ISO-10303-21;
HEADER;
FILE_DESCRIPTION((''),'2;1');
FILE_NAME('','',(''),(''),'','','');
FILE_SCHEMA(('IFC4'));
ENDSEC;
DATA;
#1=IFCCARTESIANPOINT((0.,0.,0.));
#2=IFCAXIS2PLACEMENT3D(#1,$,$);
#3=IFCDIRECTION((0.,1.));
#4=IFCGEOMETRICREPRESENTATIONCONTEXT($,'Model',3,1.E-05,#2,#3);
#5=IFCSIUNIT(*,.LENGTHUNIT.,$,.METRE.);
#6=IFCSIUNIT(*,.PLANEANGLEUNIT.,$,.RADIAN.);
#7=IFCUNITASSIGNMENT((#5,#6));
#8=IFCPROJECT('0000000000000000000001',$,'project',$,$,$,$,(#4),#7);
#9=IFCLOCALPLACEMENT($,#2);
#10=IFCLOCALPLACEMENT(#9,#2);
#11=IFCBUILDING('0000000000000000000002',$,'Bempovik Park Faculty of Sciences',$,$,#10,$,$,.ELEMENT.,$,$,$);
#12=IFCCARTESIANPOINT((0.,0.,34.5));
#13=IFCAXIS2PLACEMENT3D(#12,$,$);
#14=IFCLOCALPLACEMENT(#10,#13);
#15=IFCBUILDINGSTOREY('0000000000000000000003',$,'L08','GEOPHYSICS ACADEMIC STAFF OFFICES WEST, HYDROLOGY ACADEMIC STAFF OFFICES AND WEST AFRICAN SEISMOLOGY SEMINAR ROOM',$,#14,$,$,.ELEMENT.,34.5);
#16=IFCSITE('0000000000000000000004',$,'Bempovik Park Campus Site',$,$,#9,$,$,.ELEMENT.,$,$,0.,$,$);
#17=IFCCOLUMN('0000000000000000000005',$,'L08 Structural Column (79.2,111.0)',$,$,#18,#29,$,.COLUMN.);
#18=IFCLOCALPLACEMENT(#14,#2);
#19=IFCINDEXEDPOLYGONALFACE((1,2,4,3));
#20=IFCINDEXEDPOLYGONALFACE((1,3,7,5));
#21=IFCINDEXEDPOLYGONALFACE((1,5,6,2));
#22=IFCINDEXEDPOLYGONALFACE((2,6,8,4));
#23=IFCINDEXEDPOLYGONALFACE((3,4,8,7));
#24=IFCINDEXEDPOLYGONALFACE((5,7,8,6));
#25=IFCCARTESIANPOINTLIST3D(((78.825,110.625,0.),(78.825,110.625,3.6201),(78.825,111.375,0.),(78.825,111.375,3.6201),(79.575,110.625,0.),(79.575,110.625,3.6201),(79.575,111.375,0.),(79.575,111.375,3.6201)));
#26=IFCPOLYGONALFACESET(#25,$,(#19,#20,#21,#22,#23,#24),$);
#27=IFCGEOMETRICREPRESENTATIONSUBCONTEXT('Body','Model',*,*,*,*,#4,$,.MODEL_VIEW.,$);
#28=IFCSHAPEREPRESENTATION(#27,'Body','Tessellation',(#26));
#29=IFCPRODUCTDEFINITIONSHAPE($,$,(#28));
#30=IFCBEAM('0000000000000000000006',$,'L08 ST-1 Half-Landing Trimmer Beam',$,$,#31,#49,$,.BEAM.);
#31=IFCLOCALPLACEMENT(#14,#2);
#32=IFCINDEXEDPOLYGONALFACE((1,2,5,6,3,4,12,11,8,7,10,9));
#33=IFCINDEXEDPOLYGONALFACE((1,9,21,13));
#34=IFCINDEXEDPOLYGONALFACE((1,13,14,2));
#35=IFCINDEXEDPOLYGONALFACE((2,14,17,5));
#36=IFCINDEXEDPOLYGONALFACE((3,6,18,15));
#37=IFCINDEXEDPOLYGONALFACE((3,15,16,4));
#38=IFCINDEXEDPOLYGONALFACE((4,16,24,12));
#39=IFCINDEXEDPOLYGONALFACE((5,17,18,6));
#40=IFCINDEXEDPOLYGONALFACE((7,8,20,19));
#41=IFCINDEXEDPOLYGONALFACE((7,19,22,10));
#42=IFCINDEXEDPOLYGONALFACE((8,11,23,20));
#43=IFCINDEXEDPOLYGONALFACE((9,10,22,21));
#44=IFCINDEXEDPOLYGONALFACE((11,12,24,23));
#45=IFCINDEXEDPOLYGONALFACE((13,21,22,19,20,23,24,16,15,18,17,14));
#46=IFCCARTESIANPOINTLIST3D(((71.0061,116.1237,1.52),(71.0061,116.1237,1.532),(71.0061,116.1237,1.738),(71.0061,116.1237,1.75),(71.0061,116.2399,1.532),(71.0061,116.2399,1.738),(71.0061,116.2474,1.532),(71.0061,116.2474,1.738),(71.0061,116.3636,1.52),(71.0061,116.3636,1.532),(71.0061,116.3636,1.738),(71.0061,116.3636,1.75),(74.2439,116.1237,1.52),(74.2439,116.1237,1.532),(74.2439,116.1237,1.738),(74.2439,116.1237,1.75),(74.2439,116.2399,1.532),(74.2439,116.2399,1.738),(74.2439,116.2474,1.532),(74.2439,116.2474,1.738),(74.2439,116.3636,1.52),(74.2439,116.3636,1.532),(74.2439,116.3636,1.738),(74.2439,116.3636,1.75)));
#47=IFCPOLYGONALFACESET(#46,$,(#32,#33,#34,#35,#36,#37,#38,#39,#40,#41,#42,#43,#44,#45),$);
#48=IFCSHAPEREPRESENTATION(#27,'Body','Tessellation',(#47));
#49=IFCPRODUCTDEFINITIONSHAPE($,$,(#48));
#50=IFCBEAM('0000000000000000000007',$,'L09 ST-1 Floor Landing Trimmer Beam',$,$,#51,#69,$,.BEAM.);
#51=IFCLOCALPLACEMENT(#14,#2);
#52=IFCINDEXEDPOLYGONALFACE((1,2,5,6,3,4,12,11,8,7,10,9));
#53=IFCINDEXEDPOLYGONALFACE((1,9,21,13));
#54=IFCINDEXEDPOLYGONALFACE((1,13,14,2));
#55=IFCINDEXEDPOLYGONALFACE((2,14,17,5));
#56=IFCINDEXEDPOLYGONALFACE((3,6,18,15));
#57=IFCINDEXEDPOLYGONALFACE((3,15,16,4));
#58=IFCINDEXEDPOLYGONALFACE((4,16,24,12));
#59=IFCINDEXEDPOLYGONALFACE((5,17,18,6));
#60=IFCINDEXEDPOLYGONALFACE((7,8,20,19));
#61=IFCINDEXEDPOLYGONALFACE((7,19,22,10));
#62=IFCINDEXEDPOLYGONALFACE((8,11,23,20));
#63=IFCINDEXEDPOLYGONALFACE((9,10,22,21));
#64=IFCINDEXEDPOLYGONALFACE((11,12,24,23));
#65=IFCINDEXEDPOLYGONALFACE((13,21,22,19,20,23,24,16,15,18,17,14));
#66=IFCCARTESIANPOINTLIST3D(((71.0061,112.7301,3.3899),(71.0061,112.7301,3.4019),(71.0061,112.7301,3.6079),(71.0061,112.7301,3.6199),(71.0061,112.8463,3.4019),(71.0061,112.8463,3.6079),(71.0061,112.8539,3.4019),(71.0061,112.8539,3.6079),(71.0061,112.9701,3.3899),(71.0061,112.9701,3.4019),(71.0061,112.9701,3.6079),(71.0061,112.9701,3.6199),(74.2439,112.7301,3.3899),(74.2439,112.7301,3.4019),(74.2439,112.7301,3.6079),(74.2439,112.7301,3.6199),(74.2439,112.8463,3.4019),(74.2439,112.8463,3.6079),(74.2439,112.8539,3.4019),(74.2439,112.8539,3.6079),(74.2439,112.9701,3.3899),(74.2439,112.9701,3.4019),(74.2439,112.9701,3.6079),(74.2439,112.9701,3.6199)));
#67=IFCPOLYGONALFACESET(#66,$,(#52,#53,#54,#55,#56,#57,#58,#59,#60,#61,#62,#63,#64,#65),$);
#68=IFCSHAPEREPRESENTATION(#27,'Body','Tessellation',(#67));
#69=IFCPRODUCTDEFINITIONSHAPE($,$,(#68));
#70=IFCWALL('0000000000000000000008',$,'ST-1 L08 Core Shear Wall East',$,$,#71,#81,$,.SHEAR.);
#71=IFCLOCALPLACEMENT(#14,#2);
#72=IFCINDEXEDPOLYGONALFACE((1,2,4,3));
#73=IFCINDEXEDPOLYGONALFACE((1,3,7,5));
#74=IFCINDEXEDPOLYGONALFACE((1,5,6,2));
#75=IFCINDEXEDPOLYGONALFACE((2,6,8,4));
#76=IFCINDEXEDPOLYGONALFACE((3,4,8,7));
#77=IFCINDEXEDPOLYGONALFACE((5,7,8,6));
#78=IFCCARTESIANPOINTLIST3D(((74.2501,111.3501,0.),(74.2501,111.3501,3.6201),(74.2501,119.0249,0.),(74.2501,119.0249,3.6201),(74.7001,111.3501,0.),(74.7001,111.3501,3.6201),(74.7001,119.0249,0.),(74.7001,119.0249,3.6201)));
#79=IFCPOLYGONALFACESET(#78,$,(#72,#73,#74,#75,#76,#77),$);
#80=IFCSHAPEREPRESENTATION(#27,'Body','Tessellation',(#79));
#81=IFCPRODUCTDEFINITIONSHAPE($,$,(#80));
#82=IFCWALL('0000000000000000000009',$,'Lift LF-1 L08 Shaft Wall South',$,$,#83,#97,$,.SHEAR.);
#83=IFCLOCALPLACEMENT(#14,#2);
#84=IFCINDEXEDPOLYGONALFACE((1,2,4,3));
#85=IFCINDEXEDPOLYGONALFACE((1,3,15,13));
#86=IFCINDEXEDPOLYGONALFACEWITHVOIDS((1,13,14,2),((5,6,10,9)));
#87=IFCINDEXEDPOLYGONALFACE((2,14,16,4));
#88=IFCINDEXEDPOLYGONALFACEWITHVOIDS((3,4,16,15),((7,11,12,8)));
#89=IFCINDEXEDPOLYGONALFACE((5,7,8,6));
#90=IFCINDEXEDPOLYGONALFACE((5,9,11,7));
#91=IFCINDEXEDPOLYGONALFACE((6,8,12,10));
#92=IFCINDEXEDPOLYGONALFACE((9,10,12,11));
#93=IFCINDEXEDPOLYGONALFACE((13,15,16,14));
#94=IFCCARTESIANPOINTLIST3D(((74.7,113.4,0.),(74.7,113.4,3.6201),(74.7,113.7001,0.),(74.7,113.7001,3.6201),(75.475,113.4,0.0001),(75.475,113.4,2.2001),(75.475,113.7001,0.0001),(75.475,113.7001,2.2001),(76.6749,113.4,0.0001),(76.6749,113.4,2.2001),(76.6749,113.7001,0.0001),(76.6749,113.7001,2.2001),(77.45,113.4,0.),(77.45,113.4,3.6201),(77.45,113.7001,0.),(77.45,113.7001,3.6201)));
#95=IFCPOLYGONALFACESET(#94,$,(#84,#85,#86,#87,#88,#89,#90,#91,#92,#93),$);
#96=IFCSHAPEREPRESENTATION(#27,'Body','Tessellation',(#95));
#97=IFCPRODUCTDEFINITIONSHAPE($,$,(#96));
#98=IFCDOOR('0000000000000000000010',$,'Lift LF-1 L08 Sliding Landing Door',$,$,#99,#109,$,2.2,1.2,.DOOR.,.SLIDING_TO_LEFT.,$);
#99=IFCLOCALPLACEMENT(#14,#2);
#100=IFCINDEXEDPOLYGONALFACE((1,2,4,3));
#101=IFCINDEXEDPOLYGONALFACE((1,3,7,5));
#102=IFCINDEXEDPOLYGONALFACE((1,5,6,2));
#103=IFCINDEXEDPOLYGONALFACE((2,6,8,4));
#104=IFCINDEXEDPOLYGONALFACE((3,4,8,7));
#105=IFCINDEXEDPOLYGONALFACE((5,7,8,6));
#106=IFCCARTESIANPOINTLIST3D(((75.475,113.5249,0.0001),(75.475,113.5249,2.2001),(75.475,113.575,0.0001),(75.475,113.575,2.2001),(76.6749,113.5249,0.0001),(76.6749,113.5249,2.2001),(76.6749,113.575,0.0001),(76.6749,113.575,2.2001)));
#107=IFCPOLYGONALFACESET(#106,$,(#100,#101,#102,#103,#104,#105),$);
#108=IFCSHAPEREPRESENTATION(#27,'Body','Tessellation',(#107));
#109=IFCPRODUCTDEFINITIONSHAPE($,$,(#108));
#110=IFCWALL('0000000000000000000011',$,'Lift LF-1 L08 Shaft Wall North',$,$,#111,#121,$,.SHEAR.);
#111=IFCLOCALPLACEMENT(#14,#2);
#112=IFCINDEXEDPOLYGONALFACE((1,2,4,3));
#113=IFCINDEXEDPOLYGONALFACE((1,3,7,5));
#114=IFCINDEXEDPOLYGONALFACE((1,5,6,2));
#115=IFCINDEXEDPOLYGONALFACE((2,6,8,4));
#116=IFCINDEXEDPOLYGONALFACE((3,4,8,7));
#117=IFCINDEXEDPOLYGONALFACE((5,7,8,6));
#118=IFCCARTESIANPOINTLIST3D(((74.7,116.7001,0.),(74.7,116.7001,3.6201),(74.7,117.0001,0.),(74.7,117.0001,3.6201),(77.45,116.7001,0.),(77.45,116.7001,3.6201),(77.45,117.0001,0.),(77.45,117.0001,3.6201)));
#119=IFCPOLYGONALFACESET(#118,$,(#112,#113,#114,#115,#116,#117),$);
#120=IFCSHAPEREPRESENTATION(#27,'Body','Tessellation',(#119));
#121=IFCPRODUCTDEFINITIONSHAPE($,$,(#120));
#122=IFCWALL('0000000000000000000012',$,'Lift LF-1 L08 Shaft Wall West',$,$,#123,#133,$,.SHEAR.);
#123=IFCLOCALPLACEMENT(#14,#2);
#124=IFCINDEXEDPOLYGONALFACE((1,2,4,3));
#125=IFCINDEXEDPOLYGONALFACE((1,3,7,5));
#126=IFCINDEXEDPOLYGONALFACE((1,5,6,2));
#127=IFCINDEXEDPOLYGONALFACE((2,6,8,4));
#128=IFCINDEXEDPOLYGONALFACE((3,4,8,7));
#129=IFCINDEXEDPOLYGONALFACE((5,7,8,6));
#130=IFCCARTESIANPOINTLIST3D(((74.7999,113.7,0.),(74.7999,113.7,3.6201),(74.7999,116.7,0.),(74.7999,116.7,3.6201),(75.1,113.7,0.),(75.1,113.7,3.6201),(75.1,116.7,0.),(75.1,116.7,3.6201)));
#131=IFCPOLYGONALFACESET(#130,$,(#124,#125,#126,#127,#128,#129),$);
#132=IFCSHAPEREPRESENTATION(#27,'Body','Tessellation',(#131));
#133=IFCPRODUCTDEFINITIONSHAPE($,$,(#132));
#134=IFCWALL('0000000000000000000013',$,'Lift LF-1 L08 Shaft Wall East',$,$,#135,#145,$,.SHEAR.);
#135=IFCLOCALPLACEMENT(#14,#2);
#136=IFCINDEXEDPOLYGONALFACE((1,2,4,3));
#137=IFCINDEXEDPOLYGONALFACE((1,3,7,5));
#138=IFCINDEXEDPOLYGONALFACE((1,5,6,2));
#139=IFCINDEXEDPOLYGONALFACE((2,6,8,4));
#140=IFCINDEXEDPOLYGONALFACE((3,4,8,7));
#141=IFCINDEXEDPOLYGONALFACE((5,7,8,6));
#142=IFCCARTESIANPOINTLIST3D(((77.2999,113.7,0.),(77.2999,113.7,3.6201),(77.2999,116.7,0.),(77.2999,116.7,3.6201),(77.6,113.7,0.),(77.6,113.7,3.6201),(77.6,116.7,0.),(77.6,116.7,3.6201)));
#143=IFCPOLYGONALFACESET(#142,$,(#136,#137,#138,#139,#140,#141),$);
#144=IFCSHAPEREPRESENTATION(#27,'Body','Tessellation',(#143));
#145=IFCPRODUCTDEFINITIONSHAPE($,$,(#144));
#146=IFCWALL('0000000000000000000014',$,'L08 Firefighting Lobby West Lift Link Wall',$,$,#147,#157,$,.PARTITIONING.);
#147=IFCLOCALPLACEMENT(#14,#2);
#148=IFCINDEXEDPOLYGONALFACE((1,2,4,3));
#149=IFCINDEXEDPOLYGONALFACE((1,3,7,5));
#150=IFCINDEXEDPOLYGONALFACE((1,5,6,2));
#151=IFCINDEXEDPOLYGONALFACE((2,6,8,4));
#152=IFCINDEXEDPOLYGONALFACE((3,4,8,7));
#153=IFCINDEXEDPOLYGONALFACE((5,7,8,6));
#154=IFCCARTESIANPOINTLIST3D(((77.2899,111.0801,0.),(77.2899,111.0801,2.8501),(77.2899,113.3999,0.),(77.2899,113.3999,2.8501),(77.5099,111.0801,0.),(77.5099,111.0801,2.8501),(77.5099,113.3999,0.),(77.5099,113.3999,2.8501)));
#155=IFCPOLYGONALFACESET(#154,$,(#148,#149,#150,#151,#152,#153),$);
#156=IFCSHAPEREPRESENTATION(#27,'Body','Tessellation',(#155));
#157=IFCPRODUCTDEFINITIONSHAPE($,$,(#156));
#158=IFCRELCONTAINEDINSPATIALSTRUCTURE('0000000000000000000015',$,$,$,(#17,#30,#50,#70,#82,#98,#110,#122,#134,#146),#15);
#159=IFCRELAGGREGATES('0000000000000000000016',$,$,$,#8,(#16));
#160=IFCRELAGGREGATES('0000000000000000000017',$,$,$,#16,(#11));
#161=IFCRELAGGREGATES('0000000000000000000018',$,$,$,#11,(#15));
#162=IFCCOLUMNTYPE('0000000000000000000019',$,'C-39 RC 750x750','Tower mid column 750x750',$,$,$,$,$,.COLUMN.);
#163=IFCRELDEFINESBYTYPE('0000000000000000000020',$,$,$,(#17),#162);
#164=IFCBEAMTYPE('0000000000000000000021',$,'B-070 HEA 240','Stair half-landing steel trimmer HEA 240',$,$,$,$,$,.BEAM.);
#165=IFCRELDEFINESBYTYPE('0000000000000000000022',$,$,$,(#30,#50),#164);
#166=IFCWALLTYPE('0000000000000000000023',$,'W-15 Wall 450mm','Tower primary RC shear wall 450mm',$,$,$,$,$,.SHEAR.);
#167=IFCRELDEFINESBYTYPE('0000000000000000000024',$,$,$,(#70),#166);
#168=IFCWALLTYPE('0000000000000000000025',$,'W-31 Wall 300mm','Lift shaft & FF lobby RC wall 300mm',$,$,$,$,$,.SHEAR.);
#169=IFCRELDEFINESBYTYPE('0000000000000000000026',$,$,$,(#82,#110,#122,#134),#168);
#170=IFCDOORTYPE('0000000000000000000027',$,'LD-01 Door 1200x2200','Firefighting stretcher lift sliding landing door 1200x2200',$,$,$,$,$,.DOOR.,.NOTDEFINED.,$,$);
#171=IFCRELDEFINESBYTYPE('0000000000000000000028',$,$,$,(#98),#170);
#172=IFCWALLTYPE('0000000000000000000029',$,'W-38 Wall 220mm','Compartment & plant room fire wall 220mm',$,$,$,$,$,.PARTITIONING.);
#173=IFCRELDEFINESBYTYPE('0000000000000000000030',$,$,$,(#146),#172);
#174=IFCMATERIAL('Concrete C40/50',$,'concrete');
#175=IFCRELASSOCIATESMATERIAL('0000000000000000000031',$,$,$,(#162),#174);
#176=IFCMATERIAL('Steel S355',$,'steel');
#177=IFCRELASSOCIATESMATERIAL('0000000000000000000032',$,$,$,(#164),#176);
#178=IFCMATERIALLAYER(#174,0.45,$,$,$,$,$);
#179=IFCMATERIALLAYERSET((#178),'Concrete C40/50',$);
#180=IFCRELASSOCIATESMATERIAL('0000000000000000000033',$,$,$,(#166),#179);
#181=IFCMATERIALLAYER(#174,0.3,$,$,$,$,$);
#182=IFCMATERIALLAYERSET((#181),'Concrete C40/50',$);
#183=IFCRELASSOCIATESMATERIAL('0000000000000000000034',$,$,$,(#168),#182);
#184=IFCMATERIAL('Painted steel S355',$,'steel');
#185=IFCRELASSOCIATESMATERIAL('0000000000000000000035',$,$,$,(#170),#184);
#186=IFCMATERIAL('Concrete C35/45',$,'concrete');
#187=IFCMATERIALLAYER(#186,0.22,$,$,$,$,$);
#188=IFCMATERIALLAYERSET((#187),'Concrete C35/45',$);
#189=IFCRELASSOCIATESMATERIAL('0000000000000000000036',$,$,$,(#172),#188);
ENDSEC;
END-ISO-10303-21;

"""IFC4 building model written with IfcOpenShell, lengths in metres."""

from ifc_helpers import new_model, si_unit, direction, frame, frame_2d, origin, origin_2d, place, context, subcontext, project, spatial, rectangle, i_section, extrude, material, layer, layer_set, material_profile, profile_set, type_object, element, fill, save


model = new_model("IFC4")

# Units and contexts
model_context = context("Model", 3, precision=1e-05, world=origin(), true_north=direction((0.0, 1.0)))
body_context = subcontext(model_context, "Body", "Model", "MODEL_VIEW")
ifc_project = project(units=[si_unit("LENGTHUNIT", "METRE"), si_unit("PLANEANGLEUNIT", "RADIAN")], contexts=[model_context])

# Site, building, storey
site_placement = place(None, origin())
site = spatial("IfcSite", under=ifc_project, at=site_placement, Name="Bempovik Park Campus Site", CompositionType="ELEMENT", RefElevation=0.0)
building_placement = place(site_placement, origin())
building = spatial("IfcBuilding", under=site, at=building_placement, Name="Bempovik Park Faculty of Sciences", CompositionType="ELEMENT")
storey_placement = place(building_placement, frame((0.0, 0.0, 34.5)))
storey = spatial("IfcBuildingStorey", under=building, at=storey_placement, Name="L08", Description="GEOPHYSICS ACADEMIC STAFF OFFICES WEST, HYDROLOGY ACADEMIC STAFF OFFICES AND WEST AFRICAN SEISMOLOGY SEMINAR ROOM", CompositionType="ELEMENT", Elevation=34.5)

# Column
ifc_material_1 = material(Name="Concrete C40/50", Category="concrete")
ifc_material_profile_1 = material_profile(ifc_material_1, rectangle(XDim=0.75, YDim=0.75, at=origin_2d()), Name="RC 750x750")
ifc_profile_set_1 = profile_set([ifc_material_profile_1], Name="Concrete C40/50")
column_type = type_object("IfcColumnType", Name="C-39 RC 750x750", Description="Tower mid column 750x750", PredefinedType="COLUMN", material=ifc_profile_set_1)
column_placement = place(storey_placement, frame((79.2, 111.0, 0.0), z_axis=(0.0, 0.0, 1.0), x_axis=(1.0, 0.0, 0.0)))
element("IfcColumn", 1, at=column_placement, inside=storey, type_object=column_type, Name="L08 Structural Column (79.2,111.0)", PredefinedType="COLUMN", context=body_context, shape_type="SweptSolid", body=[
    extrude(rectangle(XDim=0.75, YDim=0.75, at=origin_2d()), origin(), (0.0, 0.0, 1.0), 3.6201),
])

# Beams
ifc_material_2 = material(Name="Steel S355", Category="steel")
ifc_material_profile_2 = material_profile(ifc_material_2, i_section(OverallWidth=0.24, OverallDepth=0.23, WebThickness=0.0076, FlangeThickness=0.012, at=origin_2d()), Name="HEA 240")
ifc_profile_set_2 = profile_set([ifc_material_profile_2], Name="Steel S355")
beam_type = type_object("IfcBeamType", Name="B-070 HEA 240", Description="Stair half-landing steel trimmer HEA 240", PredefinedType="BEAM", material=ifc_profile_set_2)
for number, where, z_axis, x_axis, name in (
    (2, (71.0061, 116.2437, 1.635), (1.0, 0.0, 0.0), (0.0, 1.0, 0.0), "L08 ST-1 Half-Landing Trimmer Beam"),
    (3, (71.0061, 112.8501, 3.5049), (1.0, 0.0, 0.0), (0.0, 1.0, 0.0), "L09 ST-1 Floor Landing Trimmer Beam"),
):
    element("IfcBeam", number, at=place(storey_placement, frame(where, z_axis=z_axis, x_axis=x_axis)), inside=storey, type_object=beam_type, Name=name, PredefinedType="BEAM", context=body_context, shape_type="SweptSolid", body=[
        extrude(i_section(OverallWidth=0.24, OverallDepth=0.23, WebThickness=0.0076, FlangeThickness=0.012, at=origin_2d()), origin(), (0.0, 0.0, 1.0), 3.2378),
    ])

# Wall
ifc_layer_1 = layer(ifc_material_1, 0.45)
ifc_layer_set_1 = layer_set([ifc_layer_1], Name="Concrete C40/50")
wall_type_1 = type_object("IfcWallType", Name="W-15 Wall 450mm", Description="Tower primary RC shear wall 450mm", PredefinedType="SHEAR", material=ifc_layer_set_1)
wall_1_placement = place(storey_placement, frame((74.4751, 111.3501, 0.0), z_axis=(0.0, 0.0, 1.0), x_axis=(0.0, 1.0, 0.0)))
element("IfcWall", 4, at=wall_1_placement, inside=storey, type_object=wall_type_1, Name="ST-1 L08 Core Shear Wall East", PredefinedType="SHEAR", context=body_context, shape_type="SweptSolid", body=[
    extrude(rectangle(XDim=7.6748, YDim=0.45, at=frame_2d((3.8374, 0.0))), origin(), (0.0, 0.0, 1.0), 3.6201),
])

# Wall, opening, door
ifc_layer_2 = layer(ifc_material_1, 0.3)
ifc_layer_set_2 = layer_set([ifc_layer_2], Name="Concrete C40/50")
wall_type_2 = type_object("IfcWallType", Name="W-31 Wall 300mm", Description="Lift shaft & FF lobby RC wall 300mm", PredefinedType="SHEAR", material=ifc_layer_set_2)
wall_2_placement = place(storey_placement, frame((74.7, 113.55, 0.0), z_axis=(0.0, 0.0, 1.0), x_axis=(1.0, 0.0, 0.0)))
wall_2 = element("IfcWall", 5, at=wall_2_placement, inside=storey, type_object=wall_type_2, Name="Lift LF-1 L08 Shaft Wall South", PredefinedType="SHEAR", context=body_context, shape_type="SweptSolid", body=[
    extrude(rectangle(XDim=2.75, YDim=0.3, at=frame_2d((1.375, 0.0))), origin(), (0.0, 0.0, 1.0), 3.6201),
])
opening_1_placement = place(wall_2_placement, frame((0.7749, 0.0, 0.0)))
opening_1 = element("IfcOpeningElement", 6, at=opening_1_placement, cuts=wall_2, PredefinedType="OPENING", context=body_context, shape_type="SweptSolid", body=[
    extrude(rectangle(XDim=1.2, YDim=2.2, at=frame_2d((0.6001, 1.1001))), frame((0.0, 0.1602, 0.0), z_axis=(0.0, -1.0, 0.0), x_axis=(1.0, 0.0, 0.0)), (0.0, 0.0, 1.0), 0.3201),
])
ifc_material_3 = material(Name="Painted steel S355", Category="steel")
door_type_1 = type_object("IfcDoorType", Name="LD-01 Door 1200x2200", Description="Firefighting stretcher lift sliding landing door 1200x2200", OperationType="NOTDEFINED", PredefinedType="DOOR", material=ifc_material_3)
door_1_placement = place(opening_1_placement, origin())
door_1 = element("IfcDoor", 7, at=door_1_placement, inside=storey, type_object=door_type_1, Name="Lift LF-1 L08 Sliding Landing Door", OperationType="SLIDING_TO_LEFT", OverallHeight=2.2, OverallWidth=1.2, PredefinedType="DOOR", context=body_context, shape_type="SweptSolid", body=[
    extrude(rectangle(XDim=1.2, YDim=2.2, at=frame_2d((0.6001, 1.1001))), frame((0.0, 0.0249, 0.0), z_axis=(0.0, -1.0, 0.0), x_axis=(1.0, 0.0, 0.0)), (0.0, 0.0, 1.0), 0.05),
])
fill(opening_1, door_1)

# Walls
wall_3_placement = place(storey_placement, frame((74.7, 116.8501, 0.0), z_axis=(0.0, 0.0, 1.0), x_axis=(1.0, 0.0, 0.0)))
element("IfcWall", 8, at=wall_3_placement, inside=storey, type_object=wall_type_2, Name="Lift LF-1 L08 Shaft Wall North", PredefinedType="SHEAR", context=body_context, shape_type="SweptSolid", body=[
    extrude(rectangle(XDim=2.75, YDim=0.3, at=frame_2d((1.375, 0.0))), origin(), (0.0, 0.0, 1.0), 3.6201),
])
for number, where, z_axis, x_axis, name in (
    (9, (74.95, 113.7, 0.0), (0.0, 0.0, 1.0), (0.0, 1.0, 0.0), "Lift LF-1 L08 Shaft Wall West"),
    (10, (77.45, 113.7, 0.0), (0.0, 0.0, 1.0), (0.0, 1.0, 0.0), "Lift LF-1 L08 Shaft Wall East"),
):
    element("IfcWall", number, at=place(storey_placement, frame(where, z_axis=z_axis, x_axis=x_axis)), inside=storey, type_object=wall_type_2, Name=name, PredefinedType="SHEAR", context=body_context, shape_type="SweptSolid", body=[
        extrude(rectangle(XDim=3.0, YDim=0.3, at=frame_2d((1.5, 0.0))), origin(), (0.0, 0.0, 1.0), 3.6201),
    ])
ifc_material_4 = material(Name="Concrete C35/45", Category="concrete")
ifc_layer_3 = layer(ifc_material_4, 0.22)
ifc_layer_set_3 = layer_set([ifc_layer_3], Name="Concrete C35/45")
wall_type_3 = type_object("IfcWallType", Name="W-38 Wall 220mm", Description="Compartment & plant room fire wall 220mm", PredefinedType="PARTITIONING", material=ifc_layer_set_3)
wall_4_placement = place(storey_placement, frame((77.3999, 111.0801, 0.0), z_axis=(0.0, 0.0, 1.0), x_axis=(0.0, 1.0, 0.0)))
element("IfcWall", 11, at=wall_4_placement, inside=storey, type_object=wall_type_3, Name="L08 Firefighting Lobby West Lift Link Wall", PredefinedType="PARTITIONING", context=body_context, shape_type="SweptSolid", body=[
    extrude(rectangle(XDim=2.3198, YDim=0.22, at=frame_2d((1.1599, 0.0))), origin(), (0.0, 0.0, 1.0), 2.8501),
])

save(model, "model.ifc")
